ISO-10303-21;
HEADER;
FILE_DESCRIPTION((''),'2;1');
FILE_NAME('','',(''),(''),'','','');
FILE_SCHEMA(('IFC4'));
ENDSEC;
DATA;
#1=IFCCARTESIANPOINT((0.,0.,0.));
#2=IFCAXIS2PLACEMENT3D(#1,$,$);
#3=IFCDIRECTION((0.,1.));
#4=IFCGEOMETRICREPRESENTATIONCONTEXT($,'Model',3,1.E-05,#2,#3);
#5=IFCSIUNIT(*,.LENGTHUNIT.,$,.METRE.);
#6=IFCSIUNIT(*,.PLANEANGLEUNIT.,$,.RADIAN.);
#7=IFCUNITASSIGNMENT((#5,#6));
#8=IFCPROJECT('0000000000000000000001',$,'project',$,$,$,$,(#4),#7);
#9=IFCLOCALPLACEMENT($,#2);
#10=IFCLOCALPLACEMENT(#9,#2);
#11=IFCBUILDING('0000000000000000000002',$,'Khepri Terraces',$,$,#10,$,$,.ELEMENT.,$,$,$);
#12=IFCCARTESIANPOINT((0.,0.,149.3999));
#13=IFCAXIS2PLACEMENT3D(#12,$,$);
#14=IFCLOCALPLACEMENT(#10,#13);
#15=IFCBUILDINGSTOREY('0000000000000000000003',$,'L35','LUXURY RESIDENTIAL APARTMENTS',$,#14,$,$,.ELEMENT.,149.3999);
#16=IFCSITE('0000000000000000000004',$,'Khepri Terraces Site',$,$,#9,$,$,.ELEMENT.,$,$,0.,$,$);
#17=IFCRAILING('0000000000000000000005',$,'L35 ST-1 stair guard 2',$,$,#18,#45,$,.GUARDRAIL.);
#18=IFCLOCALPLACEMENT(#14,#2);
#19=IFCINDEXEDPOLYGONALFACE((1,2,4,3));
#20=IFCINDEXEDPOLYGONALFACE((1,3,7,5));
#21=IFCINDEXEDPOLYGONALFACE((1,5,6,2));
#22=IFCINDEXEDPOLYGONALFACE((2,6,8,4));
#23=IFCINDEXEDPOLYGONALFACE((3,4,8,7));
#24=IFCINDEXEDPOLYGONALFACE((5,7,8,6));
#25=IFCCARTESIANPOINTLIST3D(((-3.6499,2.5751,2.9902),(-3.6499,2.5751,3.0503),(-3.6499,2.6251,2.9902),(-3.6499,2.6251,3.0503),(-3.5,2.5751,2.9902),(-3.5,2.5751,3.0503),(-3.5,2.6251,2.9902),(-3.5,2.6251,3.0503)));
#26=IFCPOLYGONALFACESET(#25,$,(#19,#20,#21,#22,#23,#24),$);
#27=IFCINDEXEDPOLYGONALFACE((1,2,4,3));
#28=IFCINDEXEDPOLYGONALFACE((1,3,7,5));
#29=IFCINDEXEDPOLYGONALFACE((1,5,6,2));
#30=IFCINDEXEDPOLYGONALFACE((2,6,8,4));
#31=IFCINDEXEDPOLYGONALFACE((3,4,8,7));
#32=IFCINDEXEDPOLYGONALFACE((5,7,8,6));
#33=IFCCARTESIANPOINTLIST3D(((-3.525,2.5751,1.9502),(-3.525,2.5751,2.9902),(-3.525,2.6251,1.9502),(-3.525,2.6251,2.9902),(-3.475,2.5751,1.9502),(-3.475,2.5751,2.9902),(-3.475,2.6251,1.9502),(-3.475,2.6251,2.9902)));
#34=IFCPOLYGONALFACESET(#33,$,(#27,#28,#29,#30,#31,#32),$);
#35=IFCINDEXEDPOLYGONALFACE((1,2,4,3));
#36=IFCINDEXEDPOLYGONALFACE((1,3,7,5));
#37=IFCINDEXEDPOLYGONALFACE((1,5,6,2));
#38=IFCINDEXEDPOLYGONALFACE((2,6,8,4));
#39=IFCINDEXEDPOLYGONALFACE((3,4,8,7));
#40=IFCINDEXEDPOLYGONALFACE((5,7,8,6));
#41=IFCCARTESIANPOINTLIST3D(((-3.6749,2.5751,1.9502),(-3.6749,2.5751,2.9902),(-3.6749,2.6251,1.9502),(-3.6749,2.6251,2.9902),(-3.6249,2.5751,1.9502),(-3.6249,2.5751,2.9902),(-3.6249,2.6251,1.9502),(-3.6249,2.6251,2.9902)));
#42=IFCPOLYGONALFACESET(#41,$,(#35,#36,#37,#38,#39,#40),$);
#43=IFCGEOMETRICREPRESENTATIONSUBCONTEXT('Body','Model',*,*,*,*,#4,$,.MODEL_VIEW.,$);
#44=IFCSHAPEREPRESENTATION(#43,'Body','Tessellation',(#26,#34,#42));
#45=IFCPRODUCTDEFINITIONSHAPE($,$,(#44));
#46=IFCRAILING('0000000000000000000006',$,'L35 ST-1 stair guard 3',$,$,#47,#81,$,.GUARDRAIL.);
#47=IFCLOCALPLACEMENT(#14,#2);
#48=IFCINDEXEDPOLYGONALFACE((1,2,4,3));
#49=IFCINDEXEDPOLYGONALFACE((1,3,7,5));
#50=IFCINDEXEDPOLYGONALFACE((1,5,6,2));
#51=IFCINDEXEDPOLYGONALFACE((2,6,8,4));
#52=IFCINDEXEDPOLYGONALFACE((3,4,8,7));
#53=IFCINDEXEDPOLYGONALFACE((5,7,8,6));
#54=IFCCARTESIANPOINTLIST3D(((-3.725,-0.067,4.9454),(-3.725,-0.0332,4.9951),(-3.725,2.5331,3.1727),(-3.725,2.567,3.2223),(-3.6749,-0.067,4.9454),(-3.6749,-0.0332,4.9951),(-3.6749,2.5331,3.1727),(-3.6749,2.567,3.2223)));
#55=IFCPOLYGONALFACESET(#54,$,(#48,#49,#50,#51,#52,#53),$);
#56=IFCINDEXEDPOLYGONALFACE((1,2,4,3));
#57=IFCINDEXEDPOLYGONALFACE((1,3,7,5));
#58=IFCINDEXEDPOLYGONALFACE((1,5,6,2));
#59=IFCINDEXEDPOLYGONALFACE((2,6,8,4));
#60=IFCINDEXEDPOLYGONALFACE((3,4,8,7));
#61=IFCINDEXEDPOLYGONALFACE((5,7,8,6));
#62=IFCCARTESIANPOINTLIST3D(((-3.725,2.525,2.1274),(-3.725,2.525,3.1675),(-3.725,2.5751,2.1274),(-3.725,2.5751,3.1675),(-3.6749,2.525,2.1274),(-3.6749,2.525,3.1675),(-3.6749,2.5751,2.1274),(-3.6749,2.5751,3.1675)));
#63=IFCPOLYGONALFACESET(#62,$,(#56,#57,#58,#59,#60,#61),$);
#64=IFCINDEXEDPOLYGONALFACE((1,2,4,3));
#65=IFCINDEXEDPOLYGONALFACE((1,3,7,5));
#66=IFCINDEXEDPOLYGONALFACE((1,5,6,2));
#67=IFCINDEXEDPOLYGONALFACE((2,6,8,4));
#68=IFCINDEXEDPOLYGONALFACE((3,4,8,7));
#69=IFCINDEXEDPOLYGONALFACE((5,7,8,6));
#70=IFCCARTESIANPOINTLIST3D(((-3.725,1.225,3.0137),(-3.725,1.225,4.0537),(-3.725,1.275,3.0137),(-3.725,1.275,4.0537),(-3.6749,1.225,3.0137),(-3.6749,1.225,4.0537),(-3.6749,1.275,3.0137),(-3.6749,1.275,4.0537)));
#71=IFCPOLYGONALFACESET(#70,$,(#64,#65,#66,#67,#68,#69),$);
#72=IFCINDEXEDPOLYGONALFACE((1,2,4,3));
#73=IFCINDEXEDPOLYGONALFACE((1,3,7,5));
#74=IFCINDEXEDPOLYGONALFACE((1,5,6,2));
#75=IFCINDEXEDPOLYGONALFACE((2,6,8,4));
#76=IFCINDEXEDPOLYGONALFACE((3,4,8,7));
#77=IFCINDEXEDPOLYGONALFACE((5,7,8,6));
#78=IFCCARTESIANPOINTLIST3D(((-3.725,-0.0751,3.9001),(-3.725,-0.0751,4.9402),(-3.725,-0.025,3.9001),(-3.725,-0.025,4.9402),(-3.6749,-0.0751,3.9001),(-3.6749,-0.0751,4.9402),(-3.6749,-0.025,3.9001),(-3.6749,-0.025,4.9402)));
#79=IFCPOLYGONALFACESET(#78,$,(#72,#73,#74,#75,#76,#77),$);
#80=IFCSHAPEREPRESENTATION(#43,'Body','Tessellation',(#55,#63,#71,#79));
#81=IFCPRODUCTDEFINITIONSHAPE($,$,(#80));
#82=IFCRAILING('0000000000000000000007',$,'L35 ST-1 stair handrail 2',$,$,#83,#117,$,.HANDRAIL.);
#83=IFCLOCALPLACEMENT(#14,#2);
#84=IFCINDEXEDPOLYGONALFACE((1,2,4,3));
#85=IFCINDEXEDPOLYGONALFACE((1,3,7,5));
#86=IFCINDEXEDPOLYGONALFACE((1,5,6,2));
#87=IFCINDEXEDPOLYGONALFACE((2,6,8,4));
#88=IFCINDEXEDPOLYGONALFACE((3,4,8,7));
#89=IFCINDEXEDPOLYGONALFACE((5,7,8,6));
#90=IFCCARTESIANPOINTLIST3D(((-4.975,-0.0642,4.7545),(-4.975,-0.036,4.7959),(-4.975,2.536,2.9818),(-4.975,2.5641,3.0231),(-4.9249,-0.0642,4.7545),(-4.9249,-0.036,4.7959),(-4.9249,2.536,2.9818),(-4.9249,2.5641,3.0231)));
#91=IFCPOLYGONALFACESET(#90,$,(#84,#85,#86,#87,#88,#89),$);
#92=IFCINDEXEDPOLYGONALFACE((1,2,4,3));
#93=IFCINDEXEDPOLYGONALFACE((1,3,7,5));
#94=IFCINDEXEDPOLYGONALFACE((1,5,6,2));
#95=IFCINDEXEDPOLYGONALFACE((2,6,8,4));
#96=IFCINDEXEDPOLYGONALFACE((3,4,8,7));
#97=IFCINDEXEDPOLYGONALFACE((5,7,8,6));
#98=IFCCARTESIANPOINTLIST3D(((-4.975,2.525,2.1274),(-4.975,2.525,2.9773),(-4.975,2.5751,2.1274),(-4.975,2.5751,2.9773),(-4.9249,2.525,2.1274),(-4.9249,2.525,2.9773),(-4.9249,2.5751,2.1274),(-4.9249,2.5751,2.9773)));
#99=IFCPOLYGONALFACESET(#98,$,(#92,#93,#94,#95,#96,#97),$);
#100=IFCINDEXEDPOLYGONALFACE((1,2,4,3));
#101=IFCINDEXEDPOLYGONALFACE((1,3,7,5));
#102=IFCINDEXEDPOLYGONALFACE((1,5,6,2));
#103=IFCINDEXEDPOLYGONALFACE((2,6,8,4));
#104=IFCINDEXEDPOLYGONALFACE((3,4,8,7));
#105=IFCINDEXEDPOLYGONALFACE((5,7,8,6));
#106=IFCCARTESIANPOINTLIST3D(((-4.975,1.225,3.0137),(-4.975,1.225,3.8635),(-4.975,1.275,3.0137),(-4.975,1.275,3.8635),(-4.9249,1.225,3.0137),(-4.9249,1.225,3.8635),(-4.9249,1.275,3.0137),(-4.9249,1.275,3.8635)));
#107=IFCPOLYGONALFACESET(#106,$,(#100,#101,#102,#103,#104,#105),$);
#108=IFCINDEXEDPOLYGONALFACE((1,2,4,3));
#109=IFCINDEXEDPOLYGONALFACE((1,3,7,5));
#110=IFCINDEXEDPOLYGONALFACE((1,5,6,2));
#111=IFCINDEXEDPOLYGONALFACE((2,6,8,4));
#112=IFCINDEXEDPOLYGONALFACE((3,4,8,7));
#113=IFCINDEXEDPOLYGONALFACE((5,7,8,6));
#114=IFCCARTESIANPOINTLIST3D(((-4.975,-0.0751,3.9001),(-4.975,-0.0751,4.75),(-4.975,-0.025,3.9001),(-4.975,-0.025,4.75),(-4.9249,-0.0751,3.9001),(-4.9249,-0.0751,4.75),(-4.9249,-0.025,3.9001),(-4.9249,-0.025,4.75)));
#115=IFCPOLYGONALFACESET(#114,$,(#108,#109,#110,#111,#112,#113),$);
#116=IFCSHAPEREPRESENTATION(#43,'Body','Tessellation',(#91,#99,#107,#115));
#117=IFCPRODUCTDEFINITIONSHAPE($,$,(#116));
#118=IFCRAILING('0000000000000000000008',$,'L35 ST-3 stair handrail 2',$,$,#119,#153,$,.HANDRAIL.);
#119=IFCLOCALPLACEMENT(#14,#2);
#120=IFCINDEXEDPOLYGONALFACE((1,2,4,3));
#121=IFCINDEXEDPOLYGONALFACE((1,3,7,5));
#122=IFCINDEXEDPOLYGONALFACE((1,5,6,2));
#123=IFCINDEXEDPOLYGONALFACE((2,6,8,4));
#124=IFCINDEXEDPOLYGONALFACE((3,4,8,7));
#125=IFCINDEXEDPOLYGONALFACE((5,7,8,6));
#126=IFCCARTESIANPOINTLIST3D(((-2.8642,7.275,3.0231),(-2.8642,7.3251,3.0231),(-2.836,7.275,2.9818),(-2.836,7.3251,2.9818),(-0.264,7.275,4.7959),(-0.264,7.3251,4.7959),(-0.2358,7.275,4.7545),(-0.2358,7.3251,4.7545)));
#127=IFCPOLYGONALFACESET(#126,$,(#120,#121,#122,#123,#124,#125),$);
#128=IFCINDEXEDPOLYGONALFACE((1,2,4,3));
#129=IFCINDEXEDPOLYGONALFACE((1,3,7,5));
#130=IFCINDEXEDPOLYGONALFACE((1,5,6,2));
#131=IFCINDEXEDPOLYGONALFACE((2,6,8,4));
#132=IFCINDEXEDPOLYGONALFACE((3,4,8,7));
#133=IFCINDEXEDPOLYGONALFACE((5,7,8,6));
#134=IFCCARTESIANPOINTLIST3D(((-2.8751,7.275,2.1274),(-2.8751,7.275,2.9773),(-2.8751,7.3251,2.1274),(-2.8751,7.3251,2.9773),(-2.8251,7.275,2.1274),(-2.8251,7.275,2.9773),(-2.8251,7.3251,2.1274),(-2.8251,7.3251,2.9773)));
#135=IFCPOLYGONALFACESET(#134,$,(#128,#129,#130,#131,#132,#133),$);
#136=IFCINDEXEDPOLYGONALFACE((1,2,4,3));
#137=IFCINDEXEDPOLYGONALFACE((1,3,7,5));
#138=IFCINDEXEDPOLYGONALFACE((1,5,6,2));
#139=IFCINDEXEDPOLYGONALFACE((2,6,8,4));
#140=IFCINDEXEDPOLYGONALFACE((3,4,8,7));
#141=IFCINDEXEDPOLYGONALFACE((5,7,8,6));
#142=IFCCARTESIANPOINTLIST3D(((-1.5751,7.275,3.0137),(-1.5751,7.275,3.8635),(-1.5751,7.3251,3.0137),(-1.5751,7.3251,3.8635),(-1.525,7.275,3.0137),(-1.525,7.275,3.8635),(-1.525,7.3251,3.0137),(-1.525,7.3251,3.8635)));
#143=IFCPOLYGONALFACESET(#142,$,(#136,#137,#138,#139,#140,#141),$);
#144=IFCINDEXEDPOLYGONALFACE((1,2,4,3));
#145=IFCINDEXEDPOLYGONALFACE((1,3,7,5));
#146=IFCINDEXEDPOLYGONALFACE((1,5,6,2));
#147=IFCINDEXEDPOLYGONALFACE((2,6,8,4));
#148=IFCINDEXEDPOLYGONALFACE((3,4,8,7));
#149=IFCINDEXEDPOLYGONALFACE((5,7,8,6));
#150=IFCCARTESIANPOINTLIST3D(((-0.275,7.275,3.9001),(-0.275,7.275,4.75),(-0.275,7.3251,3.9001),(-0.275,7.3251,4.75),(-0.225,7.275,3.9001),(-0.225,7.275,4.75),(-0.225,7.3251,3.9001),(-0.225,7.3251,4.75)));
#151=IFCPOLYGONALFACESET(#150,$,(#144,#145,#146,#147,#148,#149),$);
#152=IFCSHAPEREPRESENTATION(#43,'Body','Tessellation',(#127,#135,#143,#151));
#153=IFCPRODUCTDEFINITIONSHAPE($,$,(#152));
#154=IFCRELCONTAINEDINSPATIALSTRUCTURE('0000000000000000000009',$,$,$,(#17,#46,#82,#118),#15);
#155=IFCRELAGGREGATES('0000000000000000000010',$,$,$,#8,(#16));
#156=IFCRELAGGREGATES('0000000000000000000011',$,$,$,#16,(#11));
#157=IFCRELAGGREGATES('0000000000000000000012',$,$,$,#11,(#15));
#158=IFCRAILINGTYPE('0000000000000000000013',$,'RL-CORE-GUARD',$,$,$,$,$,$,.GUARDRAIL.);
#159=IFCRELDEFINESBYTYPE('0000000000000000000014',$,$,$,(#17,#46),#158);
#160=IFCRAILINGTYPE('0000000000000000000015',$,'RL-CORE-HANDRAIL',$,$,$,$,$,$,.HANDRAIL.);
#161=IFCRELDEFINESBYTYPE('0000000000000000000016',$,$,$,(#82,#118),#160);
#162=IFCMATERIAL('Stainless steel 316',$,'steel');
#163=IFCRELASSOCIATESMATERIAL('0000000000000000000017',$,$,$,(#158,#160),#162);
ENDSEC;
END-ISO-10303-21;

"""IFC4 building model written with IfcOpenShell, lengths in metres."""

from ifc_helpers import new_model, si_unit, direction, frame, origin, origin_2d, place, context, subcontext, project, spatial, rectangle, extrude, material, type_object, element, save


model = new_model("IFC4")

# Units and contexts
model_context = context("Model", 3, precision=1e-05, world=origin(), true_north=direction((0.0, 1.0)))
body_context = subcontext(model_context, "Body", "Model", "MODEL_VIEW")
ifc_project = project(units=[si_unit("LENGTHUNIT", "METRE"), si_unit("PLANEANGLEUNIT", "RADIAN")], contexts=[model_context])

# Site, building, storey
site_placement = place(None, origin())
site = spatial("IfcSite", under=ifc_project, at=site_placement, Name="Khepri Terraces Site", CompositionType="ELEMENT", RefElevation=0.0)
building_placement = place(site_placement, origin())
building = spatial("IfcBuilding", under=site, at=building_placement, Name="Khepri Terraces", CompositionType="ELEMENT")
storey_placement = place(building_placement, frame((0.0, 0.0, 149.3999)))
storey = spatial("IfcBuildingStorey", under=building, at=storey_placement, Name="L35", Description="LUXURY RESIDENTIAL APARTMENTS", CompositionType="ELEMENT", Elevation=149.3999)

# Railings
ifc_material_1 = material(Name="Stainless steel 316", Category="steel")
railing_type_1 = type_object("IfcRailingType", Name="RL-CORE-GUARD", PredefinedType="GUARDRAIL", material=ifc_material_1)
railing_1_placement = place(storey_placement, frame((-3.5, 2.6001, 1.9502)))
element("IfcRailing", 1, at=railing_1_placement, inside=storey, type_object=railing_type_1, Name="L35 ST-1 stair guard 2", PredefinedType="GUARDRAIL", context=body_context, shape_type="SweptSolid", body=[
    extrude(rectangle(XDim=0.05, YDim=0.0601, at=origin_2d()), frame((0.0, 0.0, 1.0701), z_axis=(-1.0, 0.0, 0.0), x_axis=(0.0, -1.0, 0.0)), (0.0, 0.0, 1.0), 0.1499),
    extrude(rectangle(XDim=0.05, YDim=0.05, at=origin_2d()), origin(), (0.0, 0.0, 1.0), 1.04),
    extrude(rectangle(XDim=0.05, YDim=0.05, at=origin_2d()), frame((-0.1499, 0.0, 0.0)), (0.0, 0.0, 1.0), 1.04),
])
railing_2_placement = place(storey_placement, frame((-3.7, 2.55, 2.1274)))
element("IfcRailing", 2, at=railing_2_placement, inside=storey, type_object=railing_type_1, Name="L35 ST-1 stair guard 3", PredefinedType="GUARDRAIL", context=body_context, shape_type="SweptSolid", body=[
    extrude(rectangle(XDim=0.05, YDim=0.0601, at=origin_2d()), frame((0.0, 0.0, 1.0701), z_axis=(0.0, -0.82624, 0.563318), x_axis=(1.0, 0.0, 0.0)), (0.0, 0.0, 1.0), 3.147),
    extrude(rectangle(XDim=0.05, YDim=0.05, at=origin_2d()), origin(), (0.0, 0.0, 1.0), 1.04),
    extrude(rectangle(XDim=0.05, YDim=0.05, at=origin_2d()), frame((0.0, -1.3, 0.8862)), (0.0, 0.0, 1.0), 1.04),
    extrude(rectangle(XDim=0.05, YDim=0.05, at=origin_2d()), frame((0.0, -2.6001, 1.7727)), (0.0, 0.0, 1.0), 1.04),
])
railing_type_2 = type_object("IfcRailingType", Name="RL-CORE-HANDRAIL", PredefinedType="HANDRAIL", material=ifc_material_1)
railing_3_placement = place(storey_placement, frame((-4.95, 2.55, 2.1274)))
element("IfcRailing", 3, at=railing_3_placement, inside=storey, type_object=railing_type_2, Name="L35 ST-1 stair handrail 2", PredefinedType="HANDRAIL", context=body_context, shape_type="SweptSolid", body=[
    extrude(rectangle(XDim=0.05, YDim=0.05, at=origin_2d()), frame((0.0, 0.0, 0.875), z_axis=(0.0, -0.82624, 0.563318), x_axis=(1.0, 0.0, 0.0)), (0.0, 0.0, 1.0), 3.147),
    extrude(rectangle(XDim=0.05, YDim=0.05, at=origin_2d()), origin(), (0.0, 0.0, 1.0), 0.8499),
    extrude(rectangle(XDim=0.05, YDim=0.05, at=origin_2d()), frame((0.0, -1.3, 0.8862)), (0.0, 0.0, 1.0), 0.8499),
    extrude(rectangle(XDim=0.05, YDim=0.05, at=origin_2d()), frame((0.0, -2.6001, 1.7727)), (0.0, 0.0, 1.0), 0.8499),
])
railing_4_placement = place(storey_placement, frame((-2.8501, 7.3, 2.1274)))
element("IfcRailing", 4, at=railing_4_placement, inside=storey, type_object=railing_type_2, Name="L35 ST-3 stair handrail 2", PredefinedType="HANDRAIL", context=body_context, shape_type="SweptSolid", body=[
    extrude(rectangle(XDim=0.05, YDim=0.05, at=origin_2d()), frame((0.0, 0.0, 0.875), z_axis=(0.82624, 0.0, 0.563318), x_axis=(0.0, 1.0, 0.0)), (0.0, 0.0, 1.0), 3.147),
    extrude(rectangle(XDim=0.05, YDim=0.05, at=origin_2d()), origin(), (0.0, 0.0, 1.0), 0.8499),
    extrude(rectangle(XDim=0.05, YDim=0.05, at=origin_2d()), frame((1.3, 0.0, 0.8862)), (0.0, 0.0, 1.0), 0.8499),
    extrude(rectangle(XDim=0.05, YDim=0.05, at=origin_2d()), frame((2.6001, 0.0, 1.7727)), (0.0, 0.0, 1.0), 0.8499),
])

save(model, "model.ifc")
